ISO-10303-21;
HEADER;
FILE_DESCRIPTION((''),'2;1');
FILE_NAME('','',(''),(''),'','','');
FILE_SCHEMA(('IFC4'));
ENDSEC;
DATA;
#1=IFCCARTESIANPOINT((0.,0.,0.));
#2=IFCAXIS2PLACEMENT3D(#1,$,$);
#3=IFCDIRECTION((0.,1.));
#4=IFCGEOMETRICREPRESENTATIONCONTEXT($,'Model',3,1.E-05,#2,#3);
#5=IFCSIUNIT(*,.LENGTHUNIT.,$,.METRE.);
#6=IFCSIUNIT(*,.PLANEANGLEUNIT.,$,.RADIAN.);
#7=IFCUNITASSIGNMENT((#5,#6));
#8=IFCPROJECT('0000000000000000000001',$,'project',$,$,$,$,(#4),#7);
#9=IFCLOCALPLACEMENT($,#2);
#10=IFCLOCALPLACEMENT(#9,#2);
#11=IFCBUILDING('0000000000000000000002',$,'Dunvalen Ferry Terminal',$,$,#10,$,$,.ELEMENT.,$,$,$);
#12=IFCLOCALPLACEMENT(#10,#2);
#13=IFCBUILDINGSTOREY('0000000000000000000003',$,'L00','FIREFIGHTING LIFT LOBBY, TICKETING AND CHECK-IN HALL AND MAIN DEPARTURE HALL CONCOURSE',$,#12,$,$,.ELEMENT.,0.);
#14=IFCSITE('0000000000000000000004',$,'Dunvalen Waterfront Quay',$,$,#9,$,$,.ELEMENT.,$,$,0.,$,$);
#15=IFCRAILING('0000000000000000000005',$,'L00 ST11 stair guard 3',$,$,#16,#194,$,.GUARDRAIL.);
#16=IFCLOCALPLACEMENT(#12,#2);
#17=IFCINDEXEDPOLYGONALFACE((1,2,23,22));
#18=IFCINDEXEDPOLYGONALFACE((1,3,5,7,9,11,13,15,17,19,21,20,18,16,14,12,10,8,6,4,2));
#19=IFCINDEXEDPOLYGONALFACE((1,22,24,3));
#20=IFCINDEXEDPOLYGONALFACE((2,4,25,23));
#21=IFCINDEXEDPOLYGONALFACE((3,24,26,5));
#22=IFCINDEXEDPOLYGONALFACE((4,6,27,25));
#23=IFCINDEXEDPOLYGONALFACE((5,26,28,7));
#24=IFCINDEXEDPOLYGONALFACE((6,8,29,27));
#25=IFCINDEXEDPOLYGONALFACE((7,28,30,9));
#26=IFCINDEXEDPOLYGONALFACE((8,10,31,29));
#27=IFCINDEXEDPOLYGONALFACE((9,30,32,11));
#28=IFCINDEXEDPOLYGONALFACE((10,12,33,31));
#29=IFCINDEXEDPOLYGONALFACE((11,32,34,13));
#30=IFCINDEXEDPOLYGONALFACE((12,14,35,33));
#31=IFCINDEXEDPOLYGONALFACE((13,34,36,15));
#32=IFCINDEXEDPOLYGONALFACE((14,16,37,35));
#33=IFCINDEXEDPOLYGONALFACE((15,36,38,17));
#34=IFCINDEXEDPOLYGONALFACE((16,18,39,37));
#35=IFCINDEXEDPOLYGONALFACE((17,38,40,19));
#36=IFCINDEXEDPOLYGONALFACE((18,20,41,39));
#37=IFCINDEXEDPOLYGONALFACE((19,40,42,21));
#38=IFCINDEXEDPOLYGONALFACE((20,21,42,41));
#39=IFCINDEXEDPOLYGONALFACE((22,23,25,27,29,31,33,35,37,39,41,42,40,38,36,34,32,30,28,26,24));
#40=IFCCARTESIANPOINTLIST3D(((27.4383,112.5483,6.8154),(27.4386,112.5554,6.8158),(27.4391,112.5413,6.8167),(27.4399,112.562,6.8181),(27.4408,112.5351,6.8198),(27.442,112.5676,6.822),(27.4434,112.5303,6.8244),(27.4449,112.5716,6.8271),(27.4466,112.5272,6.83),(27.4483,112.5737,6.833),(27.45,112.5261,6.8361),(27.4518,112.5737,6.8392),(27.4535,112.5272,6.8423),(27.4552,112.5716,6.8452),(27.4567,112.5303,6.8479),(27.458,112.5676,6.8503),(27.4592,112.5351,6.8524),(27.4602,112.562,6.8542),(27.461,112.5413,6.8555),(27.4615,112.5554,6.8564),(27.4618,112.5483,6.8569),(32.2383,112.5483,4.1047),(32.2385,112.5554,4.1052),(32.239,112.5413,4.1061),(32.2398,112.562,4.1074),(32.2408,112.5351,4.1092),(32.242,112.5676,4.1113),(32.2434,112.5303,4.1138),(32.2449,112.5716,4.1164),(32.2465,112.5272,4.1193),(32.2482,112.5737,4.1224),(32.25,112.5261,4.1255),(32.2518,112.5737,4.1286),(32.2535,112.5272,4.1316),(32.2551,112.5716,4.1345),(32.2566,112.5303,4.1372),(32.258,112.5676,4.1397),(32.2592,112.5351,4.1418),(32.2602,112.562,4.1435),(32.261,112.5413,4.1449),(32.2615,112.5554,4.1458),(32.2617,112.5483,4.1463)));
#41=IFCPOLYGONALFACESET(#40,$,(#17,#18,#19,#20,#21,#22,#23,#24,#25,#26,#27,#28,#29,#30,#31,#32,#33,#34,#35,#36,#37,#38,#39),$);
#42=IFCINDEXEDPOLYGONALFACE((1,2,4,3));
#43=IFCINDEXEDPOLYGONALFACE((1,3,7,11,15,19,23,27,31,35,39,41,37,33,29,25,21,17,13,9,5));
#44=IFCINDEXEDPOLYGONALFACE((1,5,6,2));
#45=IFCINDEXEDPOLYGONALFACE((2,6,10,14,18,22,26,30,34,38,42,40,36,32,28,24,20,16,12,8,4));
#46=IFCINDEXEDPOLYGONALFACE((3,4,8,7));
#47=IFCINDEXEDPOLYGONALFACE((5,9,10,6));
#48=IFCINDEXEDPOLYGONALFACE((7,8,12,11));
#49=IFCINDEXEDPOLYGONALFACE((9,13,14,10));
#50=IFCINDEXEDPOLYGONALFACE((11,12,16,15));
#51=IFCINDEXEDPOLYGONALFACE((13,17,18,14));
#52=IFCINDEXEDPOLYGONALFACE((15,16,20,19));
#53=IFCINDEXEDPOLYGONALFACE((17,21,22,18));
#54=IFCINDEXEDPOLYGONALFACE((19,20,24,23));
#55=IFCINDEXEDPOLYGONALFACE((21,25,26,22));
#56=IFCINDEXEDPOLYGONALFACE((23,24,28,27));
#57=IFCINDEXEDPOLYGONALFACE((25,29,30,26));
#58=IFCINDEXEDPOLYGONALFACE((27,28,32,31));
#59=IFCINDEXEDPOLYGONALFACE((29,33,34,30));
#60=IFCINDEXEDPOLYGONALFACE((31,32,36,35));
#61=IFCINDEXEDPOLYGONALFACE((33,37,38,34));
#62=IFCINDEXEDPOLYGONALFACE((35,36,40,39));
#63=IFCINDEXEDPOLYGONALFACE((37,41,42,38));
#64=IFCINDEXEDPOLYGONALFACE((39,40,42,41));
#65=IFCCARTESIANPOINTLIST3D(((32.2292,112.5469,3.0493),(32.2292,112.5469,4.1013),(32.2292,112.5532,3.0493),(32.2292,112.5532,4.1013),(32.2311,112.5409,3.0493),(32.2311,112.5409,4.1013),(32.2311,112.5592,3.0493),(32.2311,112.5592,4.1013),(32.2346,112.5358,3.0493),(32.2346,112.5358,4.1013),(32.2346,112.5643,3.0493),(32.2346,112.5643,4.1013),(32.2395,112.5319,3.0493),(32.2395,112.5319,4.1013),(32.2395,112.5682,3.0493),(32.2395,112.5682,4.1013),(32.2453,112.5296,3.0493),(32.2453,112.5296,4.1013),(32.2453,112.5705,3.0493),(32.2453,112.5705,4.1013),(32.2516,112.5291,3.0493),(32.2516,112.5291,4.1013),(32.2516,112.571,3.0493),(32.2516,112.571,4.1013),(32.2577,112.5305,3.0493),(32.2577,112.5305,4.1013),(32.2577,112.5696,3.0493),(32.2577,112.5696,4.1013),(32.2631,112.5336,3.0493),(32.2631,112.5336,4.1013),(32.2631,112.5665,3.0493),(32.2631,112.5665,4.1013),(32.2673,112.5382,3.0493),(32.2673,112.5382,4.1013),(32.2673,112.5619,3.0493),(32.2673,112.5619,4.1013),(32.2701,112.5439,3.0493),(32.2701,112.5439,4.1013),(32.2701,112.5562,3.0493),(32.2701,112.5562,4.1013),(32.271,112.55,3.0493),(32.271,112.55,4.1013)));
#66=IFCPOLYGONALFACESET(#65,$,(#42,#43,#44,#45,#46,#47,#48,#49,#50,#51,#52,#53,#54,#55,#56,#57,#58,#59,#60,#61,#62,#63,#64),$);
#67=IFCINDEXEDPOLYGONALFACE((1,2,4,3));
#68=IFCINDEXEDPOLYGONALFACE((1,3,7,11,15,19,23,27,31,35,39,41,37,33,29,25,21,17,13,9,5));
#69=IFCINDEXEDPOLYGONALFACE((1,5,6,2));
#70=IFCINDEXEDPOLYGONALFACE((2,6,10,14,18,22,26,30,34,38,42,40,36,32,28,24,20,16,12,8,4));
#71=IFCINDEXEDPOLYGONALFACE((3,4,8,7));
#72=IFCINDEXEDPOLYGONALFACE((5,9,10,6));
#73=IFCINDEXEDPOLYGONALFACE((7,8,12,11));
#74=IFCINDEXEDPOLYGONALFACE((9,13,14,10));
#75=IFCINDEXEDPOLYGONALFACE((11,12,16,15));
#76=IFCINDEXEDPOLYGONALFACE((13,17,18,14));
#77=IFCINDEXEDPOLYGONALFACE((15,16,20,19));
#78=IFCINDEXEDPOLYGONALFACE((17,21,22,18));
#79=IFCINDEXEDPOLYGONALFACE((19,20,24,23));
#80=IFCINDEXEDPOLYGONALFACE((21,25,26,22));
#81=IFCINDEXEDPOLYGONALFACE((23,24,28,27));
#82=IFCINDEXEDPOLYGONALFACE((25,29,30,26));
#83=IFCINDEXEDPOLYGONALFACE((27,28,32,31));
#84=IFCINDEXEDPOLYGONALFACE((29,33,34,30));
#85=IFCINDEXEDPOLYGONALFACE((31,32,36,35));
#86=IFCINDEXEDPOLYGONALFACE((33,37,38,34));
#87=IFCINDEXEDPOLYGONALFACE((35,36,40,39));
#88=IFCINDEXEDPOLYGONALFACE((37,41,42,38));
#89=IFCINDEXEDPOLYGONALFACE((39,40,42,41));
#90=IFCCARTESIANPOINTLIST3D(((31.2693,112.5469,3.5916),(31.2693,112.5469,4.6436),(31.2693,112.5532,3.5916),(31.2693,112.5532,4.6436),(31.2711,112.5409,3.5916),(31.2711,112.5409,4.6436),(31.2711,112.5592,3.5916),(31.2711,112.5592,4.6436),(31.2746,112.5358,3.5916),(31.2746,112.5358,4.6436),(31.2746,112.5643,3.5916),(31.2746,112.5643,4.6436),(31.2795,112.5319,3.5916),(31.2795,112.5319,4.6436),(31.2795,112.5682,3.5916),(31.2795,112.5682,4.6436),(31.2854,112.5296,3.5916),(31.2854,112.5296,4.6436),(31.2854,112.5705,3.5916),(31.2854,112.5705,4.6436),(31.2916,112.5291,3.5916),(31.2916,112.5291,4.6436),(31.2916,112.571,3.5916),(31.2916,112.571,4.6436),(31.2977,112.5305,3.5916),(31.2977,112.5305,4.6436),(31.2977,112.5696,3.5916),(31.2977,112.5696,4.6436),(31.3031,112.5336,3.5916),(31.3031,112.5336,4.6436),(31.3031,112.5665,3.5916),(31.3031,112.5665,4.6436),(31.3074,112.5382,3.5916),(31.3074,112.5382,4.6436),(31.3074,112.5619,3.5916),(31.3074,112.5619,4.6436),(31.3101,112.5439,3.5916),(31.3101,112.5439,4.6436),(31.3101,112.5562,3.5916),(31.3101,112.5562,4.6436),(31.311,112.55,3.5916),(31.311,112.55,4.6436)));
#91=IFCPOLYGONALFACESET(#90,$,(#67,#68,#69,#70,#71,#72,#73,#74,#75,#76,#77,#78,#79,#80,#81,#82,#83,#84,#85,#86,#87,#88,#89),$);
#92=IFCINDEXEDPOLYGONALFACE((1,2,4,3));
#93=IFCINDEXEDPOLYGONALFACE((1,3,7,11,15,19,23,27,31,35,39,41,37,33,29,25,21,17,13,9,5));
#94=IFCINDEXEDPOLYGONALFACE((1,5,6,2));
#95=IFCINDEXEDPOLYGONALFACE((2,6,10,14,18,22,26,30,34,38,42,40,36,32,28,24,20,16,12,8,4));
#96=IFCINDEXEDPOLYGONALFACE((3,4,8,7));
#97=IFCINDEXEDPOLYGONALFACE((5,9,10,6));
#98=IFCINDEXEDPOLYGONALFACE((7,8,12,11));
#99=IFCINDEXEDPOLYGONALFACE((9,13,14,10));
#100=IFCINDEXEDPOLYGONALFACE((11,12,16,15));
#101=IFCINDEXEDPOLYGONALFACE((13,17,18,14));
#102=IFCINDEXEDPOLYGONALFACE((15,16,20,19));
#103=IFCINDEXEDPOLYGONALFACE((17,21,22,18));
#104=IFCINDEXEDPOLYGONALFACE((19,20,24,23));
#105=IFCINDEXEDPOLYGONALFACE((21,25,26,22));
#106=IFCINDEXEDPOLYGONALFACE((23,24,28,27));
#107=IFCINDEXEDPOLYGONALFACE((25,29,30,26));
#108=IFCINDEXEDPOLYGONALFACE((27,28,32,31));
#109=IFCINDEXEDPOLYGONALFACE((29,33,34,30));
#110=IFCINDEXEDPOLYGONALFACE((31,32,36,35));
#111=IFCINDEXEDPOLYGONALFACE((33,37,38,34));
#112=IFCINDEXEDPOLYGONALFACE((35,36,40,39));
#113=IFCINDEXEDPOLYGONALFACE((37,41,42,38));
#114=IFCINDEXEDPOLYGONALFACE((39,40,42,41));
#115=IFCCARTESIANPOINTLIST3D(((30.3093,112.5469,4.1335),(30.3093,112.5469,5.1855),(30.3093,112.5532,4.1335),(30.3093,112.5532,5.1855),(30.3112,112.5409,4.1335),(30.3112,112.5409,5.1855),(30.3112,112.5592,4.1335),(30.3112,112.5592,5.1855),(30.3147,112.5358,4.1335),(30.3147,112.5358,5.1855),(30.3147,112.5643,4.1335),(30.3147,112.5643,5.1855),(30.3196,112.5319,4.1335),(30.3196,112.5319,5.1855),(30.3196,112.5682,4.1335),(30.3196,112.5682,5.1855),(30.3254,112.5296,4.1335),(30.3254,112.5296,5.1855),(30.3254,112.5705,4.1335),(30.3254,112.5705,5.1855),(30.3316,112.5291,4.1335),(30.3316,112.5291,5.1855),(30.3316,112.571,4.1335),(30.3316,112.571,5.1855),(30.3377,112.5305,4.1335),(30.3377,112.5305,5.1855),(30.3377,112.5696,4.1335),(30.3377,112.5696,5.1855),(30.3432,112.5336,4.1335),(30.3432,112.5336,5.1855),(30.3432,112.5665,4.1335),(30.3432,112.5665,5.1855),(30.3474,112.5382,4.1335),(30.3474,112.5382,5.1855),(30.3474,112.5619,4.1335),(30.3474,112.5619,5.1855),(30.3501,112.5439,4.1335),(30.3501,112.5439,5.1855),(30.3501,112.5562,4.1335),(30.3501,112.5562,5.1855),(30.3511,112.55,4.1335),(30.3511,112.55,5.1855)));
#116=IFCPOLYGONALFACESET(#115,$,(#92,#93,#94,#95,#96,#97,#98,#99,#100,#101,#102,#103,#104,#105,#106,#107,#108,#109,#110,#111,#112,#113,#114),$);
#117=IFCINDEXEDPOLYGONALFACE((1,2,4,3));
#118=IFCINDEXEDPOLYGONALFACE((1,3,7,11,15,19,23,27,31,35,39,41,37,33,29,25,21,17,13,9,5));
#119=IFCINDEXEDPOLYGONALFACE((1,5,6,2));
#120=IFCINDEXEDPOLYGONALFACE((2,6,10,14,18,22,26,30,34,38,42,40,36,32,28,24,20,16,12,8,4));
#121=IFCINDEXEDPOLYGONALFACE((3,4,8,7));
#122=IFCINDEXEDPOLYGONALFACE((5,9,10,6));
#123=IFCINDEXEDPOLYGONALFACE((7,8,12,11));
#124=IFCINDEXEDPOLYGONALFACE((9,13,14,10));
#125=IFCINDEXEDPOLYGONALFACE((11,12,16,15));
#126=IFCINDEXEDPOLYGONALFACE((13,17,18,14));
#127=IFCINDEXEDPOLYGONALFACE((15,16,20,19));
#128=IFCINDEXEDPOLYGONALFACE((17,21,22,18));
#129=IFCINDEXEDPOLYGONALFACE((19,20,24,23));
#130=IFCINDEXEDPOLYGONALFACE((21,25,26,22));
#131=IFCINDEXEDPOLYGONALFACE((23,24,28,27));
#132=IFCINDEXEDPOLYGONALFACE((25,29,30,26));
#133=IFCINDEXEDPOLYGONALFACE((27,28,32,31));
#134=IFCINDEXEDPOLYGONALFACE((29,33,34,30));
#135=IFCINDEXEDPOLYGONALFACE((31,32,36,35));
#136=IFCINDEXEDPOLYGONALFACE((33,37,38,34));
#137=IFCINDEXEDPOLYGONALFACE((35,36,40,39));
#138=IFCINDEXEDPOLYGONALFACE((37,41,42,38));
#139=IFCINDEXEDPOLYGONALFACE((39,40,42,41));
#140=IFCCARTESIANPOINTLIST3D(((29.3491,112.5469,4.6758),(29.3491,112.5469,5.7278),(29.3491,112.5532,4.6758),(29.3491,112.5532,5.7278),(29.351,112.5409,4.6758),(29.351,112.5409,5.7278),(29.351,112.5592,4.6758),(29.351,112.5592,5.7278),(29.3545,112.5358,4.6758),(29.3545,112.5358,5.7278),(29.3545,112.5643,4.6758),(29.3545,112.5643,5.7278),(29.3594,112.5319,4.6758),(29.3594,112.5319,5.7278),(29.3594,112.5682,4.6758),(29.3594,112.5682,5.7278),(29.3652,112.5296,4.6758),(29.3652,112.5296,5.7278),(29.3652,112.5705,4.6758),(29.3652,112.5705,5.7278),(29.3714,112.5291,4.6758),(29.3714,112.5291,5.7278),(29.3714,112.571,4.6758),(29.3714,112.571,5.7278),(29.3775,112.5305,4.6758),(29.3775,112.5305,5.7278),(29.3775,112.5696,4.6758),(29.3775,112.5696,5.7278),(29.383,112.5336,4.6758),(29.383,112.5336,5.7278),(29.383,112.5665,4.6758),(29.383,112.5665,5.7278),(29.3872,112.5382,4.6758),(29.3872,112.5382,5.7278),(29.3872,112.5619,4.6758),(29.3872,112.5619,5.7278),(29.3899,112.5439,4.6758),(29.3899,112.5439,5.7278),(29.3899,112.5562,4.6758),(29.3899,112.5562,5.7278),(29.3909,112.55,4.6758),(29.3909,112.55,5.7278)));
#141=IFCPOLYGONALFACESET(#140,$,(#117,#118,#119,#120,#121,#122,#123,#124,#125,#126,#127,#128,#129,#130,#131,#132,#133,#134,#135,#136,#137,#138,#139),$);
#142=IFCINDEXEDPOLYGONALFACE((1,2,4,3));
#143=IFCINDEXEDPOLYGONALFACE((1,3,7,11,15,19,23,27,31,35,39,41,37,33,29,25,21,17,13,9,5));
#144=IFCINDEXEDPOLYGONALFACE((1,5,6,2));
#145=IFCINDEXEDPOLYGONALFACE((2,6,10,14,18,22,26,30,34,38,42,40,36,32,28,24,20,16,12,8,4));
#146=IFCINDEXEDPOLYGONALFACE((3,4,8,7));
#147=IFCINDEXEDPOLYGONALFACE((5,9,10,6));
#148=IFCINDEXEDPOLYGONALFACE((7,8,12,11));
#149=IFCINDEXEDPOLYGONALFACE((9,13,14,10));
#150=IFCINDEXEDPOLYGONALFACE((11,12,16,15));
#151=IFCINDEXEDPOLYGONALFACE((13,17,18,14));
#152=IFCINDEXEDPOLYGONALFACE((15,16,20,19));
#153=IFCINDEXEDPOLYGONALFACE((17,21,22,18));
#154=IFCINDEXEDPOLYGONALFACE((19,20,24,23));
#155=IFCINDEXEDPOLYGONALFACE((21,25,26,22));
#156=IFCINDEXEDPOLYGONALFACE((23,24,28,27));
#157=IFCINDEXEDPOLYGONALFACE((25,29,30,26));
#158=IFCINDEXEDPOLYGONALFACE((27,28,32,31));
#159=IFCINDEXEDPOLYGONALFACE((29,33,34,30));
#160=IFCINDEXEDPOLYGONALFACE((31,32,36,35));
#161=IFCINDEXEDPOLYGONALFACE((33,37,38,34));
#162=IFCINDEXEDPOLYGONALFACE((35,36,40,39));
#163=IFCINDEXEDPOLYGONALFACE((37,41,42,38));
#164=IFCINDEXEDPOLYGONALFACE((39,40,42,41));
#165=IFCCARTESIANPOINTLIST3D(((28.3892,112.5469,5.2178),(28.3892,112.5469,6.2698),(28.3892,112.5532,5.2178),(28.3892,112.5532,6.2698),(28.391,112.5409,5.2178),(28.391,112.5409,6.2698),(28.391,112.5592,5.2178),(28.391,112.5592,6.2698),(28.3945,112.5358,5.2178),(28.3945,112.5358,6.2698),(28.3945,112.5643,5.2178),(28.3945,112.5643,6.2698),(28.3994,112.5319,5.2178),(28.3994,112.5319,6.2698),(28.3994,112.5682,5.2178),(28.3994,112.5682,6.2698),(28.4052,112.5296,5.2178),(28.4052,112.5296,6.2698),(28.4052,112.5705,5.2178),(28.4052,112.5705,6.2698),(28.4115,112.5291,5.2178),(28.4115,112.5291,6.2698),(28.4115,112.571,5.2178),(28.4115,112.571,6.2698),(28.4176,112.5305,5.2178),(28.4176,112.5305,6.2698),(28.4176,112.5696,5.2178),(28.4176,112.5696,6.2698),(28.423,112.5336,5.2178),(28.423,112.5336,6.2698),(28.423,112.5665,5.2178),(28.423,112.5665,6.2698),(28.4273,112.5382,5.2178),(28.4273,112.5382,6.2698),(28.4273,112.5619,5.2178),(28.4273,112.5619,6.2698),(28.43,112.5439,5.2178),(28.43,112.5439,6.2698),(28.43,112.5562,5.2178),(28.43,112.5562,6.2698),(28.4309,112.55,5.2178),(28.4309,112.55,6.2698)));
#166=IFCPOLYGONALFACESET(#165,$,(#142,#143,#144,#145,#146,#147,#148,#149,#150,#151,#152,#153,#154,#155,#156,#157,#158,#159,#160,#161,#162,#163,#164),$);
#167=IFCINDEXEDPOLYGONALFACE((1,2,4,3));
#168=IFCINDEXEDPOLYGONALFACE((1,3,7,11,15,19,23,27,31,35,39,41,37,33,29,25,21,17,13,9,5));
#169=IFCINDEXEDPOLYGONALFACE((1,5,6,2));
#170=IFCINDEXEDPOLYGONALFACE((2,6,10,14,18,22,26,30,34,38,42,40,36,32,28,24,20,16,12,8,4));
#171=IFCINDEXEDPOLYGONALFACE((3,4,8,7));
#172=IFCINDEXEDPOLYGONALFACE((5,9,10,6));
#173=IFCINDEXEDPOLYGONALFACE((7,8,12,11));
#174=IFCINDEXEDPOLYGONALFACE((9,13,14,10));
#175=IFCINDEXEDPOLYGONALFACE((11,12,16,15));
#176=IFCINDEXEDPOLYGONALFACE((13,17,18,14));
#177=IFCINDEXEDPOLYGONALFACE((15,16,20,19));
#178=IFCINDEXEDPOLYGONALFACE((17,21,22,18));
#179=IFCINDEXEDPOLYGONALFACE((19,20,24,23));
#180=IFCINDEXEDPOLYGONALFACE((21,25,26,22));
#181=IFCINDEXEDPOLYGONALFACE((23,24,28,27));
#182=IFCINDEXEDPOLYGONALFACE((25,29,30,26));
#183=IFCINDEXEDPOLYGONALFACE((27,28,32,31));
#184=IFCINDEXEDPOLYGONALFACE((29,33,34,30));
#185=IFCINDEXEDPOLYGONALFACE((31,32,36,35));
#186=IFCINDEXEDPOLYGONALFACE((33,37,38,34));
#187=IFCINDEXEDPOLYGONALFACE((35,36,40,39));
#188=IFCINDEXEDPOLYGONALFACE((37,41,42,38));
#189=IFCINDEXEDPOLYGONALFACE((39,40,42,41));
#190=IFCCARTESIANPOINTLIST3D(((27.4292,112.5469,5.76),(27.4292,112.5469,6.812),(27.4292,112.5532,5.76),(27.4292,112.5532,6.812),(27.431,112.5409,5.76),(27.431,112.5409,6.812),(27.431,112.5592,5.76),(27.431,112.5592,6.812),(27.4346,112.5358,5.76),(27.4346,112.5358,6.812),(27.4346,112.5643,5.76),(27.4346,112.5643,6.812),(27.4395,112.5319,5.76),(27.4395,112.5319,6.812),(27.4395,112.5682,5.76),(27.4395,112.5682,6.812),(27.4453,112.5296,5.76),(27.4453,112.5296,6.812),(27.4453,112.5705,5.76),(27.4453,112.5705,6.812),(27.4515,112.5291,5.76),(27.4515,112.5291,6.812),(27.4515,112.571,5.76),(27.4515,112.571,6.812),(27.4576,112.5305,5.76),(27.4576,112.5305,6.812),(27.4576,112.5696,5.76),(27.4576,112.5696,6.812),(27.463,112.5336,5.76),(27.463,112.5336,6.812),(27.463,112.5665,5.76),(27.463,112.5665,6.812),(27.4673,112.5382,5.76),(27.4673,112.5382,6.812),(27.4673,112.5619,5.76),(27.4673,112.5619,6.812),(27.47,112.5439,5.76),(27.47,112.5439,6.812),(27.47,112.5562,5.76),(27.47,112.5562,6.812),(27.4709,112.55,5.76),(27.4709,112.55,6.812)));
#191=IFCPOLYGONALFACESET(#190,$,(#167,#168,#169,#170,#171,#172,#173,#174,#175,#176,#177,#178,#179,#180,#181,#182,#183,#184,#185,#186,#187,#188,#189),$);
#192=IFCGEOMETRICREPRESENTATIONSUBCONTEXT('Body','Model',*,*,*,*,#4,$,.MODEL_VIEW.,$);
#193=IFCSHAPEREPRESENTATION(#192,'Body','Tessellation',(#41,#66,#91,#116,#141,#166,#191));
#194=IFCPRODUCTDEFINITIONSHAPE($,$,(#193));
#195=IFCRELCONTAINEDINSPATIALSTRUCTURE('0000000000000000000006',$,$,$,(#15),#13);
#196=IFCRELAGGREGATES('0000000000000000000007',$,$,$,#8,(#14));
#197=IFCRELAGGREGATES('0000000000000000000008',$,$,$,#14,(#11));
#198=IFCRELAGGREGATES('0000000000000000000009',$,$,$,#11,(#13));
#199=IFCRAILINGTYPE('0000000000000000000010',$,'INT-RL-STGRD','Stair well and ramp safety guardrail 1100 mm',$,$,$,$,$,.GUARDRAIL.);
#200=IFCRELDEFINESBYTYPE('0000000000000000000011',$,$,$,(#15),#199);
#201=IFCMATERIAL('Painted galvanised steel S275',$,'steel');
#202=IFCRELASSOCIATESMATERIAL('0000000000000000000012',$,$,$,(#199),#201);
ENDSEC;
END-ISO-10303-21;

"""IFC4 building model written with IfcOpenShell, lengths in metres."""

from ifc_helpers import new_model, si_unit, direction, frame, origin, origin_2d, place, context, subcontext, project, spatial, circle, extrude, material, type_object, element, save


model = new_model("IFC4")

# Units and contexts
model_context = context("Model", 3, precision=1e-05, world=origin(), true_north=direction((0.0, 1.0)))
body_context = subcontext(model_context, "Body", "Model", "MODEL_VIEW")
ifc_project = project(units=[si_unit("LENGTHUNIT", "METRE"), si_unit("PLANEANGLEUNIT", "RADIAN")], contexts=[model_context])

# Site, building, storey
site_placement = place(None, origin())
site = spatial("IfcSite", under=ifc_project, at=site_placement, Name="Dunvalen Waterfront Quay", CompositionType="ELEMENT", RefElevation=0.0)
building_placement = place(site_placement, origin())
building = spatial("IfcBuilding", under=site, at=building_placement, Name="Dunvalen Ferry Terminal", CompositionType="ELEMENT")
storey_placement = place(building_placement, origin())
storey = spatial("IfcBuildingStorey", under=building, at=storey_placement, Name="L00", Description="FIREFIGHTING LIFT LOBBY, TICKETING AND CHECK-IN HALL AND MAIN DEPARTURE HALL CONCOURSE", CompositionType="ELEMENT", Elevation=0.0)

# Railing
ifc_material_1 = material(Name="Painted galvanised steel S275", Category="steel")
railing_type_1 = type_object("IfcRailingType", Name="INT-RL-STGRD", Description="Stair well and ramp safety guardrail 1100 mm", PredefinedType="GUARDRAIL", material=ifc_material_1)
railing_1_placement = place(storey_placement, frame((32.25, 112.55, 3.0493)))
element("IfcRailing", 1, at=railing_1_placement, inside=storey, type_object=railing_type_1, Name="L00 ST11 stair guard 3", PredefinedType="GUARDRAIL", context=body_context, shape_type="SweptSolid", body=[
    extrude(circle(Radius=0.0239, at=origin_2d()), frame((0.0, 0.0, 1.0762), z_axis=(-0.870748, 0.0, 0.49173), x_axis=(0.0, -1.0, 0.0)), (0.0, 0.0, 1.0), 5.5125),
    extrude(circle(Radius=0.021, at=origin_2d()), origin(), (0.0, 0.0, 1.0), 1.052),
    extrude(circle(Radius=0.021, at=origin_2d()), frame((-0.96, 0.0, 0.5422)), (0.0, 0.0, 1.0), 1.052),
    extrude(circle(Radius=0.021, at=origin_2d()), frame((-1.9199, 0.0, 1.0842)), (0.0, 0.0, 1.0), 1.052),
    extrude(circle(Radius=0.021, at=origin_2d()), frame((-2.8801, 0.0, 1.6265)), (0.0, 0.0, 1.0), 1.052),
    extrude(circle(Radius=0.021, at=origin_2d()), frame((-3.8401, 0.0, 2.1685)), (0.0, 0.0, 1.0), 1.052),
    extrude(circle(Radius=0.021, at=origin_2d()), frame((-4.8, 0.0, 2.7107)), (0.0, 0.0, 1.0), 1.052),
])

save(model, "model.ifc")
